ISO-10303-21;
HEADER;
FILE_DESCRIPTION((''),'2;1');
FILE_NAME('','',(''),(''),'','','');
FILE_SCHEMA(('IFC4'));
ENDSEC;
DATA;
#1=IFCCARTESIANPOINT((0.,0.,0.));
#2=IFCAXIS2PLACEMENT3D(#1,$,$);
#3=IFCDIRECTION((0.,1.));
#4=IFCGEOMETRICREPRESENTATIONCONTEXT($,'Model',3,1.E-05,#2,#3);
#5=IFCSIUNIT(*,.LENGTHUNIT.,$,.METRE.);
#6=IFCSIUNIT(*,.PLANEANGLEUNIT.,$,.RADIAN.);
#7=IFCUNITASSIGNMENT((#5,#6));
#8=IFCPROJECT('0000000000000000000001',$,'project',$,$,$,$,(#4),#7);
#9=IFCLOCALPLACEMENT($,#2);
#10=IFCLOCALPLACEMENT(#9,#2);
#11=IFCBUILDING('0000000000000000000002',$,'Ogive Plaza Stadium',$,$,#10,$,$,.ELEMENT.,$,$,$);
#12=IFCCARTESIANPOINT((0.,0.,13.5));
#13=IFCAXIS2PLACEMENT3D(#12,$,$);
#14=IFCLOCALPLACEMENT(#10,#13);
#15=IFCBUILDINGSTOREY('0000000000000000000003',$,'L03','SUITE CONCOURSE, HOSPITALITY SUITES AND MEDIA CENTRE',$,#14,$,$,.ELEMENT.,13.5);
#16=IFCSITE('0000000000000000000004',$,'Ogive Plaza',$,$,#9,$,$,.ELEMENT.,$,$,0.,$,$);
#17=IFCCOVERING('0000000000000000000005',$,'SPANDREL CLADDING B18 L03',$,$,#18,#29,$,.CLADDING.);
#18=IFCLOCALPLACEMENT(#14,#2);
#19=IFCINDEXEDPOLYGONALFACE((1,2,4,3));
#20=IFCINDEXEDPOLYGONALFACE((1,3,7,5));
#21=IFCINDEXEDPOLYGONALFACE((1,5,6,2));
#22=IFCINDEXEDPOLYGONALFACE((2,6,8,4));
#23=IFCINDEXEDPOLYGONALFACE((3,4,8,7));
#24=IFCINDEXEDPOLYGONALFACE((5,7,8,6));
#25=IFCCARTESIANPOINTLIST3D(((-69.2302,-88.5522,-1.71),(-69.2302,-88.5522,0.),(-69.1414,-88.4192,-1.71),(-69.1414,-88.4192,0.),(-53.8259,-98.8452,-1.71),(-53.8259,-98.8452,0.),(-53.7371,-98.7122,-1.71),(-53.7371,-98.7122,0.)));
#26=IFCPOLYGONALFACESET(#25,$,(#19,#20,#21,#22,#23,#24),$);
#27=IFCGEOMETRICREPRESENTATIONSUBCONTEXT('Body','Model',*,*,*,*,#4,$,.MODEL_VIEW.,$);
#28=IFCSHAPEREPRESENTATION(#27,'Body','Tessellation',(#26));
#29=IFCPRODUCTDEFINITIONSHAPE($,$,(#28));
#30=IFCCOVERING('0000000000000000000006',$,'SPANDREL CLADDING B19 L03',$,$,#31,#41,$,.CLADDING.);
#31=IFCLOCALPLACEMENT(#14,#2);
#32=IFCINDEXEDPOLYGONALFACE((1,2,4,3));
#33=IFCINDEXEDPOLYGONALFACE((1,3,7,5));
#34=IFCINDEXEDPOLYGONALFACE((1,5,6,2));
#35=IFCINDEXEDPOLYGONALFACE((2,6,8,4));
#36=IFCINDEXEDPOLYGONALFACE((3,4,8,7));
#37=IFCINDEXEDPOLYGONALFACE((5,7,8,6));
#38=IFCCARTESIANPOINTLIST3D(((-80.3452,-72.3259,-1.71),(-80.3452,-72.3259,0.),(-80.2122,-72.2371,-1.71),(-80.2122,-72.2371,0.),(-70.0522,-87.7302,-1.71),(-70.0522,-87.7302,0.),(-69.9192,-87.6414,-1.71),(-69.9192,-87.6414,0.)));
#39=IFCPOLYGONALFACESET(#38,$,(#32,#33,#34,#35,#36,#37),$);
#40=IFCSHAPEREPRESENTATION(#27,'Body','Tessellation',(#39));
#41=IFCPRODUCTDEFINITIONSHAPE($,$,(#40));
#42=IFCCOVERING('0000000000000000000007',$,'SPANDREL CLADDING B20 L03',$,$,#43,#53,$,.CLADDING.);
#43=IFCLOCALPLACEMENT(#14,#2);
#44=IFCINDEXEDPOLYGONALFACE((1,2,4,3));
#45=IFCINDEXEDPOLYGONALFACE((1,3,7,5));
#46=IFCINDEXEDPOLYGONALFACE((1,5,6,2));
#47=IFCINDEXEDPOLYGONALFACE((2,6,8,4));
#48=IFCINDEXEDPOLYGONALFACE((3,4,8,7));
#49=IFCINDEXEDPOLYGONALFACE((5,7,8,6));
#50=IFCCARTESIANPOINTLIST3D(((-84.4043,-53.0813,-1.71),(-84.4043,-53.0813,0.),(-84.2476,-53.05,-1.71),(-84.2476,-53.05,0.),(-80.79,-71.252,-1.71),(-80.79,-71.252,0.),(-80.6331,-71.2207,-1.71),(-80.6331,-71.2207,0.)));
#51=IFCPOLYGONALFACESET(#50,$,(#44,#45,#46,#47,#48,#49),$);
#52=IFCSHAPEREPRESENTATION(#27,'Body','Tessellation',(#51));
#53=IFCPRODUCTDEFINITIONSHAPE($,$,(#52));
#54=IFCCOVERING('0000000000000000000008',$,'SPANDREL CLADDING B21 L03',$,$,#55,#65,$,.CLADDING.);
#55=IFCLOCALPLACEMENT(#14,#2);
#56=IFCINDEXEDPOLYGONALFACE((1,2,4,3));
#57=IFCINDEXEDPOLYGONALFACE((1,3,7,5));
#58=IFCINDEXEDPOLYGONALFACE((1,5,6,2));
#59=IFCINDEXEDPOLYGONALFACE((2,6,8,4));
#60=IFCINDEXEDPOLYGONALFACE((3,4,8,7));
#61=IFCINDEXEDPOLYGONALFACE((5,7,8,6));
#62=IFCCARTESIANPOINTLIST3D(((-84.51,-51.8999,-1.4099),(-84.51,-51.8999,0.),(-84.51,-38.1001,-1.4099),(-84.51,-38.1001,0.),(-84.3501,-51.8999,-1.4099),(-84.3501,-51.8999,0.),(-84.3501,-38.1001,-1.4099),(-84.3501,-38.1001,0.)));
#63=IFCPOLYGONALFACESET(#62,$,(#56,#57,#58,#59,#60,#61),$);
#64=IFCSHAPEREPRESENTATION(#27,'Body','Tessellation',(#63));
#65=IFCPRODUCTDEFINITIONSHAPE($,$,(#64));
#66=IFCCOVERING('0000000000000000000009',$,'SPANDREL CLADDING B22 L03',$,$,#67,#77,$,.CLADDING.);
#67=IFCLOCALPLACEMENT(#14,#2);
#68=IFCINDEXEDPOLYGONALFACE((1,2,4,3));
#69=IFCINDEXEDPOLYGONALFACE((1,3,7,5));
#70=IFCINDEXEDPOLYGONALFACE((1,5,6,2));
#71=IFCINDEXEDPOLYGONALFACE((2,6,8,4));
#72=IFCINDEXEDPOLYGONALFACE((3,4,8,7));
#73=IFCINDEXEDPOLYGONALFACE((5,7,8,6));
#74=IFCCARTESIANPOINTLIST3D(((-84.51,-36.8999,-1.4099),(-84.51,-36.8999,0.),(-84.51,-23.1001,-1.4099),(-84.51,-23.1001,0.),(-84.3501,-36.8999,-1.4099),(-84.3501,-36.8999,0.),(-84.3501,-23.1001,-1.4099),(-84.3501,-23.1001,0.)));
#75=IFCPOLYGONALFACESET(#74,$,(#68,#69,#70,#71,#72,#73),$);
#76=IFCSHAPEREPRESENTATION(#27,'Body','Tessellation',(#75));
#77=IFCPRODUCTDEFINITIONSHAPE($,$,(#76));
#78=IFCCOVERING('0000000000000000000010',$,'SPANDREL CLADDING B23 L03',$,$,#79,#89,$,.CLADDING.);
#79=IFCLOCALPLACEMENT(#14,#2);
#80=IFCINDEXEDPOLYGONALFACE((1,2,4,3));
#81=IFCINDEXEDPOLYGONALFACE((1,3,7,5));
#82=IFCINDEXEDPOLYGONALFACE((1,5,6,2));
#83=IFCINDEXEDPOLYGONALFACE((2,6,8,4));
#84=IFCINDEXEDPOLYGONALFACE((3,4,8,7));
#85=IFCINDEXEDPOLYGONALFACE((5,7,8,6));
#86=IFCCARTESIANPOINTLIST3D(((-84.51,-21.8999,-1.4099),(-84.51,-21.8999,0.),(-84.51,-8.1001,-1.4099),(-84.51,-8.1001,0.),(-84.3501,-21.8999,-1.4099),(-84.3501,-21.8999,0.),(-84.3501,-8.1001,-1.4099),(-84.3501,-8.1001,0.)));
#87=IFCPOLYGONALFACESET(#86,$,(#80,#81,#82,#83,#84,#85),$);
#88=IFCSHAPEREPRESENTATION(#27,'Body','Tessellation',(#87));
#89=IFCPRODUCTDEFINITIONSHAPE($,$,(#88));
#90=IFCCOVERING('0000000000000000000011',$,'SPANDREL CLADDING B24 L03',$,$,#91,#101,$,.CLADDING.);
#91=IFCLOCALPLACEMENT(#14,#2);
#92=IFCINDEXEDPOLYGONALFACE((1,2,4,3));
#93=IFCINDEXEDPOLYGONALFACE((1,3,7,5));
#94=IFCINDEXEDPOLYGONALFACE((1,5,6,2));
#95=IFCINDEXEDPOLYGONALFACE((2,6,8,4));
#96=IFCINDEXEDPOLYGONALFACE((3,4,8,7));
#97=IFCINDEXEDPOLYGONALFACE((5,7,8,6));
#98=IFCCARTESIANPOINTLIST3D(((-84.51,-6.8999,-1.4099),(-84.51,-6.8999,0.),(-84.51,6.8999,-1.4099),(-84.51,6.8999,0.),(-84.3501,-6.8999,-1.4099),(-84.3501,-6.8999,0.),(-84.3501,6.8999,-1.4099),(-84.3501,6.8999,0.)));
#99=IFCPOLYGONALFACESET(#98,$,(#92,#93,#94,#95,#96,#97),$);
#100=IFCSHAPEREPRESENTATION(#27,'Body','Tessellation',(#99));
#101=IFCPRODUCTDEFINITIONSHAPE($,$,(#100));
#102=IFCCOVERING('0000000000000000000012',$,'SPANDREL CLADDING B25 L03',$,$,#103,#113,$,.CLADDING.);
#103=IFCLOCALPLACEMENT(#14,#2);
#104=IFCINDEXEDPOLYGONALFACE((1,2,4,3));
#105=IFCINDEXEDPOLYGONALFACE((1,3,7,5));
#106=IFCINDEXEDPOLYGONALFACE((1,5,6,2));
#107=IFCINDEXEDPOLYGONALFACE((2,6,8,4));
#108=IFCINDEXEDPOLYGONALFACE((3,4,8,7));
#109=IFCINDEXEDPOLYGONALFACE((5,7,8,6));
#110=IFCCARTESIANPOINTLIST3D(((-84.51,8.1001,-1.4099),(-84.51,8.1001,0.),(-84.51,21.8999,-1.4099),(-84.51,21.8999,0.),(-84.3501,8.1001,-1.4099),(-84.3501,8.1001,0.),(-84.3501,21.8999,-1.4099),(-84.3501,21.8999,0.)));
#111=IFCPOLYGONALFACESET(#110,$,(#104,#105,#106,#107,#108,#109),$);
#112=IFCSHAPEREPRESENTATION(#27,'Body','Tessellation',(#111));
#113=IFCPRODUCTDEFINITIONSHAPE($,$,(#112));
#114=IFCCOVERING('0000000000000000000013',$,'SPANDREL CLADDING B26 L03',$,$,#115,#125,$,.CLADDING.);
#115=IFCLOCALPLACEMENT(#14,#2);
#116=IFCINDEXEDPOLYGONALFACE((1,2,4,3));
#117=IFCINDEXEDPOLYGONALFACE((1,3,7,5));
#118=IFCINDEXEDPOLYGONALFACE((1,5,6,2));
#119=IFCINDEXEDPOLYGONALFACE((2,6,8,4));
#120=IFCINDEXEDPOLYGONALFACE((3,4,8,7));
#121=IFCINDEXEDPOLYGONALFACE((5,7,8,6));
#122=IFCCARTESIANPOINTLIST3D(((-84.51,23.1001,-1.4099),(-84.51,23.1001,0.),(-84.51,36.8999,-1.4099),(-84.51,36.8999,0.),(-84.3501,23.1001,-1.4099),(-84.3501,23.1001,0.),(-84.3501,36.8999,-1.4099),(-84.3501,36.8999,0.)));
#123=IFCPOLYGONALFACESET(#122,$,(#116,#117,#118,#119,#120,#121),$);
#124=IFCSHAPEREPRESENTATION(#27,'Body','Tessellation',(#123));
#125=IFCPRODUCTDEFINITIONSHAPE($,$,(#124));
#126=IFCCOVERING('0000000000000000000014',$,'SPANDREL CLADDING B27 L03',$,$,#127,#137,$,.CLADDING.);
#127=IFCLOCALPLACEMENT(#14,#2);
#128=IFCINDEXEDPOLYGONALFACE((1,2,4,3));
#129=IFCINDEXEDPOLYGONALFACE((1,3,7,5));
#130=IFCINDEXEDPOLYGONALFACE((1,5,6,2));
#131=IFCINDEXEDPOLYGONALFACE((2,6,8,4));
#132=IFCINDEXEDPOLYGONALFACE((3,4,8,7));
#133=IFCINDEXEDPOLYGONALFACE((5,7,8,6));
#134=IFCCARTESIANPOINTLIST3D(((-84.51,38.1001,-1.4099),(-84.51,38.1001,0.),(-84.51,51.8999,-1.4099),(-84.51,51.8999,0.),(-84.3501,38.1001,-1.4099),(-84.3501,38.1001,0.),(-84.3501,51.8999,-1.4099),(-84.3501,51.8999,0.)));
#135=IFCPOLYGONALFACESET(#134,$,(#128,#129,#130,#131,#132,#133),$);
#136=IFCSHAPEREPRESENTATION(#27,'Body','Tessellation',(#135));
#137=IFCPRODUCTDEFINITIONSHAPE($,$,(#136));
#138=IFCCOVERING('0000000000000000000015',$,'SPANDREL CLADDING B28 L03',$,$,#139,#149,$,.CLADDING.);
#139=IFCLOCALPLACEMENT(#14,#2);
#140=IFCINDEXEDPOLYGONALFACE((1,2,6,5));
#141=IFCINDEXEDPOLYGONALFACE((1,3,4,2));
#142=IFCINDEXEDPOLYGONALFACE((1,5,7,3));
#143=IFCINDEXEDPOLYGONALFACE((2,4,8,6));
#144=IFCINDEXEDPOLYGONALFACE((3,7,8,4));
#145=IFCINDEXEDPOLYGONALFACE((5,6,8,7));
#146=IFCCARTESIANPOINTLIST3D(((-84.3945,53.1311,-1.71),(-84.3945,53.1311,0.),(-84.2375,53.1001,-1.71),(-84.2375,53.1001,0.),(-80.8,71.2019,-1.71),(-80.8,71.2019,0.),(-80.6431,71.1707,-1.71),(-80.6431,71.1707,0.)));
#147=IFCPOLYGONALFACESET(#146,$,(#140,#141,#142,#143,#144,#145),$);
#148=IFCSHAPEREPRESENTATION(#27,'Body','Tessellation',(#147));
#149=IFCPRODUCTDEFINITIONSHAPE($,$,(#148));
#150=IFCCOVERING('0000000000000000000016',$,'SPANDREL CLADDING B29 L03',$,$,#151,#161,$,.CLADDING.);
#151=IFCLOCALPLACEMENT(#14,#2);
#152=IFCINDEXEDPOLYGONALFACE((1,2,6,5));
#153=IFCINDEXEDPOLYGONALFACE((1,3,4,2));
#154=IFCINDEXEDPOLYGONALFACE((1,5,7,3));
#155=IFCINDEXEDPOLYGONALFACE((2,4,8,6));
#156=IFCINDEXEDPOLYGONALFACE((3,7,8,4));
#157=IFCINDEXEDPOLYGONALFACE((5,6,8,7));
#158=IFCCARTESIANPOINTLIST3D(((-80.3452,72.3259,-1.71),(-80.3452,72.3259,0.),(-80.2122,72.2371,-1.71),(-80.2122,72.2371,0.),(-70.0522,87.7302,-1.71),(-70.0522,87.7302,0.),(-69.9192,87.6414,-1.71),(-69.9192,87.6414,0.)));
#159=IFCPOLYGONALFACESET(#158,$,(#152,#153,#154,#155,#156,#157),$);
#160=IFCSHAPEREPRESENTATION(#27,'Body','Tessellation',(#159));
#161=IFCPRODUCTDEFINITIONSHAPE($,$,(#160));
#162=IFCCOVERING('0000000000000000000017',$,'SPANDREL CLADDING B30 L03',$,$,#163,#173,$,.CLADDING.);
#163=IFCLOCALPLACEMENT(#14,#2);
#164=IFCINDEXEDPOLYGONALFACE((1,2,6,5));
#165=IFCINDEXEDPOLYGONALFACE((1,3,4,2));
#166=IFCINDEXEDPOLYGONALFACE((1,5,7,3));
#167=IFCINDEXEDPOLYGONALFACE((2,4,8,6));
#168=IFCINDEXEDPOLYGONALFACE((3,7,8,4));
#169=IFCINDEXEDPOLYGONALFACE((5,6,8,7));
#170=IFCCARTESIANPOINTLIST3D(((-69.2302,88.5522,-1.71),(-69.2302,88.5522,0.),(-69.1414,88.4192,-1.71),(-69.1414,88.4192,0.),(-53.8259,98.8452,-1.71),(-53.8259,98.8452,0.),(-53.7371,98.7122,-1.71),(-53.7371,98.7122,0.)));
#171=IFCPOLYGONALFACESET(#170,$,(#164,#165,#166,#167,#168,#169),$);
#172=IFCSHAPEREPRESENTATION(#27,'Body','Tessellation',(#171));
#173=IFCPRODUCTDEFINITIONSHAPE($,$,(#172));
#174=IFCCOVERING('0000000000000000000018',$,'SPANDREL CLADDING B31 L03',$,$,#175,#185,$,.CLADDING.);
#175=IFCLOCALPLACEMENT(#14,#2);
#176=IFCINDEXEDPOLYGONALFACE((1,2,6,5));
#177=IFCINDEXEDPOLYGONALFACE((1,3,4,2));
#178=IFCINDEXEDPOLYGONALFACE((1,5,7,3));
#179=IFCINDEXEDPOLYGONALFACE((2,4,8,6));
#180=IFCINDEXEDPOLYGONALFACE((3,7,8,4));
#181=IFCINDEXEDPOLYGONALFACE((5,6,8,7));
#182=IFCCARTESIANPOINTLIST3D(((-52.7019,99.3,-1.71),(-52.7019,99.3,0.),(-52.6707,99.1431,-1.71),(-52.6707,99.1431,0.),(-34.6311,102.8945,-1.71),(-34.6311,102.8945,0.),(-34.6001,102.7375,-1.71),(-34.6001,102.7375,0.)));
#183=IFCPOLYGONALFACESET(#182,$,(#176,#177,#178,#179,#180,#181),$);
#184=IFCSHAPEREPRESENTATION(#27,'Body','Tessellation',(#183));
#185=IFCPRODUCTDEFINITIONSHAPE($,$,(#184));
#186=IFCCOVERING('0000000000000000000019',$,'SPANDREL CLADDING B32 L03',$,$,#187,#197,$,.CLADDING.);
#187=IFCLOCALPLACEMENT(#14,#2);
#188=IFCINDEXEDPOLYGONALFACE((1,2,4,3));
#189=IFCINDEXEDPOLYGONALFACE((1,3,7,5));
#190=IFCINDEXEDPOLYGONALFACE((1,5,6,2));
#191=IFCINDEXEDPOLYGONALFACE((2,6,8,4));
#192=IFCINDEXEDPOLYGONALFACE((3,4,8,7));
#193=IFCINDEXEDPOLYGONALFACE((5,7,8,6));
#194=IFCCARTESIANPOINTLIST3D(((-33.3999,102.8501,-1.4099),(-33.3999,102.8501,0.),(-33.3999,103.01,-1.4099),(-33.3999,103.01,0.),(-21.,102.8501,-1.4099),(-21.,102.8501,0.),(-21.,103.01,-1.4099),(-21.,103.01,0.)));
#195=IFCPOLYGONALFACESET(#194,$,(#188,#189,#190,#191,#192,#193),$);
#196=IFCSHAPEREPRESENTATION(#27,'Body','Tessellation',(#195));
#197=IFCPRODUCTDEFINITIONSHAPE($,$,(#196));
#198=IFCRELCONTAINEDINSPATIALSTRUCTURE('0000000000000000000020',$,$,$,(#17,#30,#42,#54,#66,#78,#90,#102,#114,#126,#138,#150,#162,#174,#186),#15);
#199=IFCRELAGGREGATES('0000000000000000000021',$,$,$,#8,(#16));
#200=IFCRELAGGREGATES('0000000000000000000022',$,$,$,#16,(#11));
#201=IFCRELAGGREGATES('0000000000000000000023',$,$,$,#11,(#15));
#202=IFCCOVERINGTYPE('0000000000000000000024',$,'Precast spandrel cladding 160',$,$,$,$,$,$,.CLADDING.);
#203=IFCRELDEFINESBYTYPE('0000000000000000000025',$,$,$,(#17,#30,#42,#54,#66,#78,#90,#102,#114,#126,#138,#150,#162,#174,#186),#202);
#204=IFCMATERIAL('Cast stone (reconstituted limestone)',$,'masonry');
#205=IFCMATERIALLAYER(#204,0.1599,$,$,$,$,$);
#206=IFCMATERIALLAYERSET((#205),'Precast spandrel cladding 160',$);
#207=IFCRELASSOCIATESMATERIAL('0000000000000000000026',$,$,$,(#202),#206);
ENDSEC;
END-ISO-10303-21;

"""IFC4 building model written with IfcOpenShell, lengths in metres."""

from ifc_helpers import new_model, si_unit, direction, frame, origin, place, context, subcontext, project, spatial, polyline, outline, extrude, material, layer, layer_set, type_object, element, save


model = new_model("IFC4")

# Units and contexts
model_context = context("Model", 3, precision=1e-05, world=origin(), true_north=direction((0.0, 1.0)))
body_context = subcontext(model_context, "Body", "Model", "MODEL_VIEW")
ifc_project = project(units=[si_unit("LENGTHUNIT", "METRE"), si_unit("PLANEANGLEUNIT", "RADIAN")], contexts=[model_context])

# Site, building, storey
site_placement = place(None, origin())
site = spatial("IfcSite", under=ifc_project, at=site_placement, Name="Ogive Plaza", CompositionType="ELEMENT", RefElevation=0.0)
building_placement = place(site_placement, origin())
building = spatial("IfcBuilding", under=site, at=building_placement, Name="Ogive Plaza Stadium", CompositionType="ELEMENT")
storey_placement = place(building_placement, frame((0.0, 0.0, 13.5)))
storey = spatial("IfcBuildingStorey", under=building, at=storey_placement, Name="L03", Description="SUITE CONCOURSE, HOSPITALITY SUITES AND MEDIA CENTRE", CompositionType="ELEMENT", Elevation=13.5)

# Coverings
ifc_material = material(Name="Cast stone (reconstituted limestone)", Category="masonry")
ifc_layer = layer(ifc_material, 0.1599)
ifc_layer_set = layer_set([ifc_layer], Name="Precast spandrel cladding 160")
covering_type = type_object("IfcCoveringType", Name="Precast spandrel cladding 160", PredefinedType="CLADDING", material=ifc_layer_set)
covering_1_placement = place(storey_placement, frame((0.0, 0.0, -1.71)))
element("IfcCovering", 1, at=covering_1_placement, inside=storey, type_object=covering_type, Name="SPANDREL CLADDING B18 L03", PredefinedType="CLADDING", context=body_context, shape_type="SweptSolid", body=[
    extrude(outline(polyline([(-53.7371, -98.7122), (-69.1414, -88.4192), (-69.2302, -88.5522), (-53.8259, -98.8452), (-53.7371, -98.7122)])), origin(), (0.0, 0.0, 1.0), 1.71),
])
covering_2_placement = place(storey_placement, frame((0.0, 0.0, -1.71)))
element("IfcCovering", 2, at=covering_2_placement, inside=storey, type_object=covering_type, Name="SPANDREL CLADDING B19 L03", PredefinedType="CLADDING", context=body_context, shape_type="SweptSolid", body=[
    extrude(outline(polyline([(-69.9192, -87.6414), (-80.2122, -72.2371), (-80.3452, -72.3259), (-70.0522, -87.7302), (-69.9192, -87.6414)])), origin(), (0.0, 0.0, 1.0), 1.71),
])
covering_3_placement = place(storey_placement, frame((0.0, 0.0, -1.71)))
element("IfcCovering", 3, at=covering_3_placement, inside=storey, type_object=covering_type, Name="SPANDREL CLADDING B20 L03", PredefinedType="CLADDING", context=body_context, shape_type="SweptSolid", body=[
    extrude(outline(polyline([(-80.6331, -71.2207), (-84.2476, -53.05), (-84.4043, -53.0813), (-80.79, -71.252), (-80.6331, -71.2207)])), origin(), (0.0, 0.0, 1.0), 1.71),
])
covering_4_placement = place(storey_placement, frame((0.0, 0.0, -1.4099)))
element("IfcCovering", 4, at=covering_4_placement, inside=storey, type_object=covering_type, Name="SPANDREL CLADDING B21 L03", PredefinedType="CLADDING", context=body_context, shape_type="SweptSolid", body=[
    extrude(outline(polyline([(-84.3501, -51.8999), (-84.3501, -38.1001), (-84.51, -38.1001), (-84.51, -51.8999), (-84.3501, -51.8999)])), origin(), (0.0, 0.0, 1.0), 1.4099),
])
covering_5_placement = place(storey_placement, frame((0.0, 0.0, -1.4099)))
element("IfcCovering", 5, at=covering_5_placement, inside=storey, type_object=covering_type, Name="SPANDREL CLADDING B22 L03", PredefinedType="CLADDING", context=body_context, shape_type="SweptSolid", body=[
    extrude(outline(polyline([(-84.3501, -36.8999), (-84.3501, -23.1001), (-84.51, -23.1001), (-84.51, -36.8999), (-84.3501, -36.8999)])), origin(), (0.0, 0.0, 1.0), 1.4099),
])
covering_6_placement = place(storey_placement, frame((0.0, 0.0, -1.4099)))
element("IfcCovering", 6, at=covering_6_placement, inside=storey, type_object=covering_type, Name="SPANDREL CLADDING B23 L03", PredefinedType="CLADDING", context=body_context, shape_type="SweptSolid", body=[
    extrude(outline(polyline([(-84.3501, -21.8999), (-84.3501, -8.1001), (-84.51, -8.1001), (-84.51, -21.8999), (-84.3501, -21.8999)])), origin(), (0.0, 0.0, 1.0), 1.4099),
])
covering_7_placement = place(storey_placement, frame((0.0, 0.0, -1.4099)))
element("IfcCovering", 7, at=covering_7_placement, inside=storey, type_object=covering_type, Name="SPANDREL CLADDING B24 L03", PredefinedType="CLADDING", context=body_context, shape_type="SweptSolid", body=[
    extrude(outline(polyline([(-84.3501, -6.8999), (-84.3501, 6.8999), (-84.51, 6.8999), (-84.51, -6.8999), (-84.3501, -6.8999)])), origin(), (0.0, 0.0, 1.0), 1.4099),
])
covering_8_placement = place(storey_placement, frame((0.0, 0.0, -1.4099)))
element("IfcCovering", 8, at=covering_8_placement, inside=storey, type_object=covering_type, Name="SPANDREL CLADDING B25 L03", PredefinedType="CLADDING", context=body_context, shape_type="SweptSolid", body=[
    extrude(outline(polyline([(-84.3501, 8.1001), (-84.3501, 21.8999), (-84.51, 21.8999), (-84.51, 8.1001), (-84.3501, 8.1001)])), origin(), (0.0, 0.0, 1.0), 1.4099),
])
covering_9_placement = place(storey_placement, frame((0.0, 0.0, -1.4099)))
element("IfcCovering", 9, at=covering_9_placement, inside=storey, type_object=covering_type, Name="SPANDREL CLADDING B26 L03", PredefinedType="CLADDING", context=body_context, shape_type="SweptSolid", body=[
    extrude(outline(polyline([(-84.3501, 23.1001), (-84.3501, 36.8999), (-84.51, 36.8999), (-84.51, 23.1001), (-84.3501, 23.1001)])), origin(), (0.0, 0.0, 1.0), 1.4099),
])
covering_10_placement = place(storey_placement, frame((0.0, 0.0, -1.4099)))
element("IfcCovering", 10, at=covering_10_placement, inside=storey, type_object=covering_type, Name="SPANDREL CLADDING B27 L03", PredefinedType="CLADDING", context=body_context, shape_type="SweptSolid", body=[
    extrude(outline(polyline([(-84.3501, 38.1001), (-84.3501, 51.8999), (-84.51, 51.8999), (-84.51, 38.1001), (-84.3501, 38.1001)])), origin(), (0.0, 0.0, 1.0), 1.4099),
])
covering_11_placement = place(storey_placement, frame((0.0, 0.0, -1.71)))
element("IfcCovering", 11, at=covering_11_placement, inside=storey, type_object=covering_type, Name="SPANDREL CLADDING B28 L03", PredefinedType="CLADDING", context=body_context, shape_type="SweptSolid", body=[
    extrude(outline(polyline([(-84.2375, 53.1001), (-80.6431, 71.1707), (-80.8, 71.2019), (-84.3945, 53.1311), (-84.2375, 53.1001)])), origin(), (0.0, 0.0, 1.0), 1.71),
])
covering_12_placement = place(storey_placement, frame((0.0, 0.0, -1.71)))
element("IfcCovering", 12, at=covering_12_placement, inside=storey, type_object=covering_type, Name="SPANDREL CLADDING B29 L03", PredefinedType="CLADDING", context=body_context, shape_type="SweptSolid", body=[
    extrude(outline(polyline([(-80.2122, 72.2371), (-69.9192, 87.6414), (-70.0522, 87.7302), (-80.3452, 72.3259), (-80.2122, 72.2371)])), origin(), (0.0, 0.0, 1.0), 1.71),
])
covering_13_placement = place(storey_placement, frame((0.0, 0.0, -1.71)))
element("IfcCovering", 13, at=covering_13_placement, inside=storey, type_object=covering_type, Name="SPANDREL CLADDING B30 L03", PredefinedType="CLADDING", context=body_context, shape_type="SweptSolid", body=[
    extrude(outline(polyline([(-69.1414, 88.4192), (-53.7371, 98.7122), (-53.8259, 98.8452), (-69.2302, 88.5522), (-69.1414, 88.4192)])), origin(), (0.0, 0.0, 1.0), 1.71),
])
covering_14_placement = place(storey_placement, frame((0.0, 0.0, -1.71)))
element("IfcCovering", 14, at=covering_14_placement, inside=storey, type_object=covering_type, Name="SPANDREL CLADDING B31 L03", PredefinedType="CLADDING", context=body_context, shape_type="SweptSolid", body=[
    extrude(outline(polyline([(-52.6707, 99.1431), (-34.6001, 102.7375), (-34.6311, 102.8945), (-52.7019, 99.3), (-52.6707, 99.1431)])), origin(), (0.0, 0.0, 1.0), 1.71),
])
covering_15_placement = place(storey_placement, frame((0.0, 0.0, -1.4099)))
element("IfcCovering", 15, at=covering_15_placement, inside=storey, type_object=covering_type, Name="SPANDREL CLADDING B32 L03", PredefinedType="CLADDING", context=body_context, shape_type="SweptSolid", body=[
    extrude(outline(polyline([(-33.3999, 102.8501), (-21.0, 102.8501), (-21.0, 103.01), (-33.3999, 103.01), (-33.3999, 102.8501)])), origin(), (0.0, 0.0, 1.0), 1.4099),
])

save(model, "model.ifc")
